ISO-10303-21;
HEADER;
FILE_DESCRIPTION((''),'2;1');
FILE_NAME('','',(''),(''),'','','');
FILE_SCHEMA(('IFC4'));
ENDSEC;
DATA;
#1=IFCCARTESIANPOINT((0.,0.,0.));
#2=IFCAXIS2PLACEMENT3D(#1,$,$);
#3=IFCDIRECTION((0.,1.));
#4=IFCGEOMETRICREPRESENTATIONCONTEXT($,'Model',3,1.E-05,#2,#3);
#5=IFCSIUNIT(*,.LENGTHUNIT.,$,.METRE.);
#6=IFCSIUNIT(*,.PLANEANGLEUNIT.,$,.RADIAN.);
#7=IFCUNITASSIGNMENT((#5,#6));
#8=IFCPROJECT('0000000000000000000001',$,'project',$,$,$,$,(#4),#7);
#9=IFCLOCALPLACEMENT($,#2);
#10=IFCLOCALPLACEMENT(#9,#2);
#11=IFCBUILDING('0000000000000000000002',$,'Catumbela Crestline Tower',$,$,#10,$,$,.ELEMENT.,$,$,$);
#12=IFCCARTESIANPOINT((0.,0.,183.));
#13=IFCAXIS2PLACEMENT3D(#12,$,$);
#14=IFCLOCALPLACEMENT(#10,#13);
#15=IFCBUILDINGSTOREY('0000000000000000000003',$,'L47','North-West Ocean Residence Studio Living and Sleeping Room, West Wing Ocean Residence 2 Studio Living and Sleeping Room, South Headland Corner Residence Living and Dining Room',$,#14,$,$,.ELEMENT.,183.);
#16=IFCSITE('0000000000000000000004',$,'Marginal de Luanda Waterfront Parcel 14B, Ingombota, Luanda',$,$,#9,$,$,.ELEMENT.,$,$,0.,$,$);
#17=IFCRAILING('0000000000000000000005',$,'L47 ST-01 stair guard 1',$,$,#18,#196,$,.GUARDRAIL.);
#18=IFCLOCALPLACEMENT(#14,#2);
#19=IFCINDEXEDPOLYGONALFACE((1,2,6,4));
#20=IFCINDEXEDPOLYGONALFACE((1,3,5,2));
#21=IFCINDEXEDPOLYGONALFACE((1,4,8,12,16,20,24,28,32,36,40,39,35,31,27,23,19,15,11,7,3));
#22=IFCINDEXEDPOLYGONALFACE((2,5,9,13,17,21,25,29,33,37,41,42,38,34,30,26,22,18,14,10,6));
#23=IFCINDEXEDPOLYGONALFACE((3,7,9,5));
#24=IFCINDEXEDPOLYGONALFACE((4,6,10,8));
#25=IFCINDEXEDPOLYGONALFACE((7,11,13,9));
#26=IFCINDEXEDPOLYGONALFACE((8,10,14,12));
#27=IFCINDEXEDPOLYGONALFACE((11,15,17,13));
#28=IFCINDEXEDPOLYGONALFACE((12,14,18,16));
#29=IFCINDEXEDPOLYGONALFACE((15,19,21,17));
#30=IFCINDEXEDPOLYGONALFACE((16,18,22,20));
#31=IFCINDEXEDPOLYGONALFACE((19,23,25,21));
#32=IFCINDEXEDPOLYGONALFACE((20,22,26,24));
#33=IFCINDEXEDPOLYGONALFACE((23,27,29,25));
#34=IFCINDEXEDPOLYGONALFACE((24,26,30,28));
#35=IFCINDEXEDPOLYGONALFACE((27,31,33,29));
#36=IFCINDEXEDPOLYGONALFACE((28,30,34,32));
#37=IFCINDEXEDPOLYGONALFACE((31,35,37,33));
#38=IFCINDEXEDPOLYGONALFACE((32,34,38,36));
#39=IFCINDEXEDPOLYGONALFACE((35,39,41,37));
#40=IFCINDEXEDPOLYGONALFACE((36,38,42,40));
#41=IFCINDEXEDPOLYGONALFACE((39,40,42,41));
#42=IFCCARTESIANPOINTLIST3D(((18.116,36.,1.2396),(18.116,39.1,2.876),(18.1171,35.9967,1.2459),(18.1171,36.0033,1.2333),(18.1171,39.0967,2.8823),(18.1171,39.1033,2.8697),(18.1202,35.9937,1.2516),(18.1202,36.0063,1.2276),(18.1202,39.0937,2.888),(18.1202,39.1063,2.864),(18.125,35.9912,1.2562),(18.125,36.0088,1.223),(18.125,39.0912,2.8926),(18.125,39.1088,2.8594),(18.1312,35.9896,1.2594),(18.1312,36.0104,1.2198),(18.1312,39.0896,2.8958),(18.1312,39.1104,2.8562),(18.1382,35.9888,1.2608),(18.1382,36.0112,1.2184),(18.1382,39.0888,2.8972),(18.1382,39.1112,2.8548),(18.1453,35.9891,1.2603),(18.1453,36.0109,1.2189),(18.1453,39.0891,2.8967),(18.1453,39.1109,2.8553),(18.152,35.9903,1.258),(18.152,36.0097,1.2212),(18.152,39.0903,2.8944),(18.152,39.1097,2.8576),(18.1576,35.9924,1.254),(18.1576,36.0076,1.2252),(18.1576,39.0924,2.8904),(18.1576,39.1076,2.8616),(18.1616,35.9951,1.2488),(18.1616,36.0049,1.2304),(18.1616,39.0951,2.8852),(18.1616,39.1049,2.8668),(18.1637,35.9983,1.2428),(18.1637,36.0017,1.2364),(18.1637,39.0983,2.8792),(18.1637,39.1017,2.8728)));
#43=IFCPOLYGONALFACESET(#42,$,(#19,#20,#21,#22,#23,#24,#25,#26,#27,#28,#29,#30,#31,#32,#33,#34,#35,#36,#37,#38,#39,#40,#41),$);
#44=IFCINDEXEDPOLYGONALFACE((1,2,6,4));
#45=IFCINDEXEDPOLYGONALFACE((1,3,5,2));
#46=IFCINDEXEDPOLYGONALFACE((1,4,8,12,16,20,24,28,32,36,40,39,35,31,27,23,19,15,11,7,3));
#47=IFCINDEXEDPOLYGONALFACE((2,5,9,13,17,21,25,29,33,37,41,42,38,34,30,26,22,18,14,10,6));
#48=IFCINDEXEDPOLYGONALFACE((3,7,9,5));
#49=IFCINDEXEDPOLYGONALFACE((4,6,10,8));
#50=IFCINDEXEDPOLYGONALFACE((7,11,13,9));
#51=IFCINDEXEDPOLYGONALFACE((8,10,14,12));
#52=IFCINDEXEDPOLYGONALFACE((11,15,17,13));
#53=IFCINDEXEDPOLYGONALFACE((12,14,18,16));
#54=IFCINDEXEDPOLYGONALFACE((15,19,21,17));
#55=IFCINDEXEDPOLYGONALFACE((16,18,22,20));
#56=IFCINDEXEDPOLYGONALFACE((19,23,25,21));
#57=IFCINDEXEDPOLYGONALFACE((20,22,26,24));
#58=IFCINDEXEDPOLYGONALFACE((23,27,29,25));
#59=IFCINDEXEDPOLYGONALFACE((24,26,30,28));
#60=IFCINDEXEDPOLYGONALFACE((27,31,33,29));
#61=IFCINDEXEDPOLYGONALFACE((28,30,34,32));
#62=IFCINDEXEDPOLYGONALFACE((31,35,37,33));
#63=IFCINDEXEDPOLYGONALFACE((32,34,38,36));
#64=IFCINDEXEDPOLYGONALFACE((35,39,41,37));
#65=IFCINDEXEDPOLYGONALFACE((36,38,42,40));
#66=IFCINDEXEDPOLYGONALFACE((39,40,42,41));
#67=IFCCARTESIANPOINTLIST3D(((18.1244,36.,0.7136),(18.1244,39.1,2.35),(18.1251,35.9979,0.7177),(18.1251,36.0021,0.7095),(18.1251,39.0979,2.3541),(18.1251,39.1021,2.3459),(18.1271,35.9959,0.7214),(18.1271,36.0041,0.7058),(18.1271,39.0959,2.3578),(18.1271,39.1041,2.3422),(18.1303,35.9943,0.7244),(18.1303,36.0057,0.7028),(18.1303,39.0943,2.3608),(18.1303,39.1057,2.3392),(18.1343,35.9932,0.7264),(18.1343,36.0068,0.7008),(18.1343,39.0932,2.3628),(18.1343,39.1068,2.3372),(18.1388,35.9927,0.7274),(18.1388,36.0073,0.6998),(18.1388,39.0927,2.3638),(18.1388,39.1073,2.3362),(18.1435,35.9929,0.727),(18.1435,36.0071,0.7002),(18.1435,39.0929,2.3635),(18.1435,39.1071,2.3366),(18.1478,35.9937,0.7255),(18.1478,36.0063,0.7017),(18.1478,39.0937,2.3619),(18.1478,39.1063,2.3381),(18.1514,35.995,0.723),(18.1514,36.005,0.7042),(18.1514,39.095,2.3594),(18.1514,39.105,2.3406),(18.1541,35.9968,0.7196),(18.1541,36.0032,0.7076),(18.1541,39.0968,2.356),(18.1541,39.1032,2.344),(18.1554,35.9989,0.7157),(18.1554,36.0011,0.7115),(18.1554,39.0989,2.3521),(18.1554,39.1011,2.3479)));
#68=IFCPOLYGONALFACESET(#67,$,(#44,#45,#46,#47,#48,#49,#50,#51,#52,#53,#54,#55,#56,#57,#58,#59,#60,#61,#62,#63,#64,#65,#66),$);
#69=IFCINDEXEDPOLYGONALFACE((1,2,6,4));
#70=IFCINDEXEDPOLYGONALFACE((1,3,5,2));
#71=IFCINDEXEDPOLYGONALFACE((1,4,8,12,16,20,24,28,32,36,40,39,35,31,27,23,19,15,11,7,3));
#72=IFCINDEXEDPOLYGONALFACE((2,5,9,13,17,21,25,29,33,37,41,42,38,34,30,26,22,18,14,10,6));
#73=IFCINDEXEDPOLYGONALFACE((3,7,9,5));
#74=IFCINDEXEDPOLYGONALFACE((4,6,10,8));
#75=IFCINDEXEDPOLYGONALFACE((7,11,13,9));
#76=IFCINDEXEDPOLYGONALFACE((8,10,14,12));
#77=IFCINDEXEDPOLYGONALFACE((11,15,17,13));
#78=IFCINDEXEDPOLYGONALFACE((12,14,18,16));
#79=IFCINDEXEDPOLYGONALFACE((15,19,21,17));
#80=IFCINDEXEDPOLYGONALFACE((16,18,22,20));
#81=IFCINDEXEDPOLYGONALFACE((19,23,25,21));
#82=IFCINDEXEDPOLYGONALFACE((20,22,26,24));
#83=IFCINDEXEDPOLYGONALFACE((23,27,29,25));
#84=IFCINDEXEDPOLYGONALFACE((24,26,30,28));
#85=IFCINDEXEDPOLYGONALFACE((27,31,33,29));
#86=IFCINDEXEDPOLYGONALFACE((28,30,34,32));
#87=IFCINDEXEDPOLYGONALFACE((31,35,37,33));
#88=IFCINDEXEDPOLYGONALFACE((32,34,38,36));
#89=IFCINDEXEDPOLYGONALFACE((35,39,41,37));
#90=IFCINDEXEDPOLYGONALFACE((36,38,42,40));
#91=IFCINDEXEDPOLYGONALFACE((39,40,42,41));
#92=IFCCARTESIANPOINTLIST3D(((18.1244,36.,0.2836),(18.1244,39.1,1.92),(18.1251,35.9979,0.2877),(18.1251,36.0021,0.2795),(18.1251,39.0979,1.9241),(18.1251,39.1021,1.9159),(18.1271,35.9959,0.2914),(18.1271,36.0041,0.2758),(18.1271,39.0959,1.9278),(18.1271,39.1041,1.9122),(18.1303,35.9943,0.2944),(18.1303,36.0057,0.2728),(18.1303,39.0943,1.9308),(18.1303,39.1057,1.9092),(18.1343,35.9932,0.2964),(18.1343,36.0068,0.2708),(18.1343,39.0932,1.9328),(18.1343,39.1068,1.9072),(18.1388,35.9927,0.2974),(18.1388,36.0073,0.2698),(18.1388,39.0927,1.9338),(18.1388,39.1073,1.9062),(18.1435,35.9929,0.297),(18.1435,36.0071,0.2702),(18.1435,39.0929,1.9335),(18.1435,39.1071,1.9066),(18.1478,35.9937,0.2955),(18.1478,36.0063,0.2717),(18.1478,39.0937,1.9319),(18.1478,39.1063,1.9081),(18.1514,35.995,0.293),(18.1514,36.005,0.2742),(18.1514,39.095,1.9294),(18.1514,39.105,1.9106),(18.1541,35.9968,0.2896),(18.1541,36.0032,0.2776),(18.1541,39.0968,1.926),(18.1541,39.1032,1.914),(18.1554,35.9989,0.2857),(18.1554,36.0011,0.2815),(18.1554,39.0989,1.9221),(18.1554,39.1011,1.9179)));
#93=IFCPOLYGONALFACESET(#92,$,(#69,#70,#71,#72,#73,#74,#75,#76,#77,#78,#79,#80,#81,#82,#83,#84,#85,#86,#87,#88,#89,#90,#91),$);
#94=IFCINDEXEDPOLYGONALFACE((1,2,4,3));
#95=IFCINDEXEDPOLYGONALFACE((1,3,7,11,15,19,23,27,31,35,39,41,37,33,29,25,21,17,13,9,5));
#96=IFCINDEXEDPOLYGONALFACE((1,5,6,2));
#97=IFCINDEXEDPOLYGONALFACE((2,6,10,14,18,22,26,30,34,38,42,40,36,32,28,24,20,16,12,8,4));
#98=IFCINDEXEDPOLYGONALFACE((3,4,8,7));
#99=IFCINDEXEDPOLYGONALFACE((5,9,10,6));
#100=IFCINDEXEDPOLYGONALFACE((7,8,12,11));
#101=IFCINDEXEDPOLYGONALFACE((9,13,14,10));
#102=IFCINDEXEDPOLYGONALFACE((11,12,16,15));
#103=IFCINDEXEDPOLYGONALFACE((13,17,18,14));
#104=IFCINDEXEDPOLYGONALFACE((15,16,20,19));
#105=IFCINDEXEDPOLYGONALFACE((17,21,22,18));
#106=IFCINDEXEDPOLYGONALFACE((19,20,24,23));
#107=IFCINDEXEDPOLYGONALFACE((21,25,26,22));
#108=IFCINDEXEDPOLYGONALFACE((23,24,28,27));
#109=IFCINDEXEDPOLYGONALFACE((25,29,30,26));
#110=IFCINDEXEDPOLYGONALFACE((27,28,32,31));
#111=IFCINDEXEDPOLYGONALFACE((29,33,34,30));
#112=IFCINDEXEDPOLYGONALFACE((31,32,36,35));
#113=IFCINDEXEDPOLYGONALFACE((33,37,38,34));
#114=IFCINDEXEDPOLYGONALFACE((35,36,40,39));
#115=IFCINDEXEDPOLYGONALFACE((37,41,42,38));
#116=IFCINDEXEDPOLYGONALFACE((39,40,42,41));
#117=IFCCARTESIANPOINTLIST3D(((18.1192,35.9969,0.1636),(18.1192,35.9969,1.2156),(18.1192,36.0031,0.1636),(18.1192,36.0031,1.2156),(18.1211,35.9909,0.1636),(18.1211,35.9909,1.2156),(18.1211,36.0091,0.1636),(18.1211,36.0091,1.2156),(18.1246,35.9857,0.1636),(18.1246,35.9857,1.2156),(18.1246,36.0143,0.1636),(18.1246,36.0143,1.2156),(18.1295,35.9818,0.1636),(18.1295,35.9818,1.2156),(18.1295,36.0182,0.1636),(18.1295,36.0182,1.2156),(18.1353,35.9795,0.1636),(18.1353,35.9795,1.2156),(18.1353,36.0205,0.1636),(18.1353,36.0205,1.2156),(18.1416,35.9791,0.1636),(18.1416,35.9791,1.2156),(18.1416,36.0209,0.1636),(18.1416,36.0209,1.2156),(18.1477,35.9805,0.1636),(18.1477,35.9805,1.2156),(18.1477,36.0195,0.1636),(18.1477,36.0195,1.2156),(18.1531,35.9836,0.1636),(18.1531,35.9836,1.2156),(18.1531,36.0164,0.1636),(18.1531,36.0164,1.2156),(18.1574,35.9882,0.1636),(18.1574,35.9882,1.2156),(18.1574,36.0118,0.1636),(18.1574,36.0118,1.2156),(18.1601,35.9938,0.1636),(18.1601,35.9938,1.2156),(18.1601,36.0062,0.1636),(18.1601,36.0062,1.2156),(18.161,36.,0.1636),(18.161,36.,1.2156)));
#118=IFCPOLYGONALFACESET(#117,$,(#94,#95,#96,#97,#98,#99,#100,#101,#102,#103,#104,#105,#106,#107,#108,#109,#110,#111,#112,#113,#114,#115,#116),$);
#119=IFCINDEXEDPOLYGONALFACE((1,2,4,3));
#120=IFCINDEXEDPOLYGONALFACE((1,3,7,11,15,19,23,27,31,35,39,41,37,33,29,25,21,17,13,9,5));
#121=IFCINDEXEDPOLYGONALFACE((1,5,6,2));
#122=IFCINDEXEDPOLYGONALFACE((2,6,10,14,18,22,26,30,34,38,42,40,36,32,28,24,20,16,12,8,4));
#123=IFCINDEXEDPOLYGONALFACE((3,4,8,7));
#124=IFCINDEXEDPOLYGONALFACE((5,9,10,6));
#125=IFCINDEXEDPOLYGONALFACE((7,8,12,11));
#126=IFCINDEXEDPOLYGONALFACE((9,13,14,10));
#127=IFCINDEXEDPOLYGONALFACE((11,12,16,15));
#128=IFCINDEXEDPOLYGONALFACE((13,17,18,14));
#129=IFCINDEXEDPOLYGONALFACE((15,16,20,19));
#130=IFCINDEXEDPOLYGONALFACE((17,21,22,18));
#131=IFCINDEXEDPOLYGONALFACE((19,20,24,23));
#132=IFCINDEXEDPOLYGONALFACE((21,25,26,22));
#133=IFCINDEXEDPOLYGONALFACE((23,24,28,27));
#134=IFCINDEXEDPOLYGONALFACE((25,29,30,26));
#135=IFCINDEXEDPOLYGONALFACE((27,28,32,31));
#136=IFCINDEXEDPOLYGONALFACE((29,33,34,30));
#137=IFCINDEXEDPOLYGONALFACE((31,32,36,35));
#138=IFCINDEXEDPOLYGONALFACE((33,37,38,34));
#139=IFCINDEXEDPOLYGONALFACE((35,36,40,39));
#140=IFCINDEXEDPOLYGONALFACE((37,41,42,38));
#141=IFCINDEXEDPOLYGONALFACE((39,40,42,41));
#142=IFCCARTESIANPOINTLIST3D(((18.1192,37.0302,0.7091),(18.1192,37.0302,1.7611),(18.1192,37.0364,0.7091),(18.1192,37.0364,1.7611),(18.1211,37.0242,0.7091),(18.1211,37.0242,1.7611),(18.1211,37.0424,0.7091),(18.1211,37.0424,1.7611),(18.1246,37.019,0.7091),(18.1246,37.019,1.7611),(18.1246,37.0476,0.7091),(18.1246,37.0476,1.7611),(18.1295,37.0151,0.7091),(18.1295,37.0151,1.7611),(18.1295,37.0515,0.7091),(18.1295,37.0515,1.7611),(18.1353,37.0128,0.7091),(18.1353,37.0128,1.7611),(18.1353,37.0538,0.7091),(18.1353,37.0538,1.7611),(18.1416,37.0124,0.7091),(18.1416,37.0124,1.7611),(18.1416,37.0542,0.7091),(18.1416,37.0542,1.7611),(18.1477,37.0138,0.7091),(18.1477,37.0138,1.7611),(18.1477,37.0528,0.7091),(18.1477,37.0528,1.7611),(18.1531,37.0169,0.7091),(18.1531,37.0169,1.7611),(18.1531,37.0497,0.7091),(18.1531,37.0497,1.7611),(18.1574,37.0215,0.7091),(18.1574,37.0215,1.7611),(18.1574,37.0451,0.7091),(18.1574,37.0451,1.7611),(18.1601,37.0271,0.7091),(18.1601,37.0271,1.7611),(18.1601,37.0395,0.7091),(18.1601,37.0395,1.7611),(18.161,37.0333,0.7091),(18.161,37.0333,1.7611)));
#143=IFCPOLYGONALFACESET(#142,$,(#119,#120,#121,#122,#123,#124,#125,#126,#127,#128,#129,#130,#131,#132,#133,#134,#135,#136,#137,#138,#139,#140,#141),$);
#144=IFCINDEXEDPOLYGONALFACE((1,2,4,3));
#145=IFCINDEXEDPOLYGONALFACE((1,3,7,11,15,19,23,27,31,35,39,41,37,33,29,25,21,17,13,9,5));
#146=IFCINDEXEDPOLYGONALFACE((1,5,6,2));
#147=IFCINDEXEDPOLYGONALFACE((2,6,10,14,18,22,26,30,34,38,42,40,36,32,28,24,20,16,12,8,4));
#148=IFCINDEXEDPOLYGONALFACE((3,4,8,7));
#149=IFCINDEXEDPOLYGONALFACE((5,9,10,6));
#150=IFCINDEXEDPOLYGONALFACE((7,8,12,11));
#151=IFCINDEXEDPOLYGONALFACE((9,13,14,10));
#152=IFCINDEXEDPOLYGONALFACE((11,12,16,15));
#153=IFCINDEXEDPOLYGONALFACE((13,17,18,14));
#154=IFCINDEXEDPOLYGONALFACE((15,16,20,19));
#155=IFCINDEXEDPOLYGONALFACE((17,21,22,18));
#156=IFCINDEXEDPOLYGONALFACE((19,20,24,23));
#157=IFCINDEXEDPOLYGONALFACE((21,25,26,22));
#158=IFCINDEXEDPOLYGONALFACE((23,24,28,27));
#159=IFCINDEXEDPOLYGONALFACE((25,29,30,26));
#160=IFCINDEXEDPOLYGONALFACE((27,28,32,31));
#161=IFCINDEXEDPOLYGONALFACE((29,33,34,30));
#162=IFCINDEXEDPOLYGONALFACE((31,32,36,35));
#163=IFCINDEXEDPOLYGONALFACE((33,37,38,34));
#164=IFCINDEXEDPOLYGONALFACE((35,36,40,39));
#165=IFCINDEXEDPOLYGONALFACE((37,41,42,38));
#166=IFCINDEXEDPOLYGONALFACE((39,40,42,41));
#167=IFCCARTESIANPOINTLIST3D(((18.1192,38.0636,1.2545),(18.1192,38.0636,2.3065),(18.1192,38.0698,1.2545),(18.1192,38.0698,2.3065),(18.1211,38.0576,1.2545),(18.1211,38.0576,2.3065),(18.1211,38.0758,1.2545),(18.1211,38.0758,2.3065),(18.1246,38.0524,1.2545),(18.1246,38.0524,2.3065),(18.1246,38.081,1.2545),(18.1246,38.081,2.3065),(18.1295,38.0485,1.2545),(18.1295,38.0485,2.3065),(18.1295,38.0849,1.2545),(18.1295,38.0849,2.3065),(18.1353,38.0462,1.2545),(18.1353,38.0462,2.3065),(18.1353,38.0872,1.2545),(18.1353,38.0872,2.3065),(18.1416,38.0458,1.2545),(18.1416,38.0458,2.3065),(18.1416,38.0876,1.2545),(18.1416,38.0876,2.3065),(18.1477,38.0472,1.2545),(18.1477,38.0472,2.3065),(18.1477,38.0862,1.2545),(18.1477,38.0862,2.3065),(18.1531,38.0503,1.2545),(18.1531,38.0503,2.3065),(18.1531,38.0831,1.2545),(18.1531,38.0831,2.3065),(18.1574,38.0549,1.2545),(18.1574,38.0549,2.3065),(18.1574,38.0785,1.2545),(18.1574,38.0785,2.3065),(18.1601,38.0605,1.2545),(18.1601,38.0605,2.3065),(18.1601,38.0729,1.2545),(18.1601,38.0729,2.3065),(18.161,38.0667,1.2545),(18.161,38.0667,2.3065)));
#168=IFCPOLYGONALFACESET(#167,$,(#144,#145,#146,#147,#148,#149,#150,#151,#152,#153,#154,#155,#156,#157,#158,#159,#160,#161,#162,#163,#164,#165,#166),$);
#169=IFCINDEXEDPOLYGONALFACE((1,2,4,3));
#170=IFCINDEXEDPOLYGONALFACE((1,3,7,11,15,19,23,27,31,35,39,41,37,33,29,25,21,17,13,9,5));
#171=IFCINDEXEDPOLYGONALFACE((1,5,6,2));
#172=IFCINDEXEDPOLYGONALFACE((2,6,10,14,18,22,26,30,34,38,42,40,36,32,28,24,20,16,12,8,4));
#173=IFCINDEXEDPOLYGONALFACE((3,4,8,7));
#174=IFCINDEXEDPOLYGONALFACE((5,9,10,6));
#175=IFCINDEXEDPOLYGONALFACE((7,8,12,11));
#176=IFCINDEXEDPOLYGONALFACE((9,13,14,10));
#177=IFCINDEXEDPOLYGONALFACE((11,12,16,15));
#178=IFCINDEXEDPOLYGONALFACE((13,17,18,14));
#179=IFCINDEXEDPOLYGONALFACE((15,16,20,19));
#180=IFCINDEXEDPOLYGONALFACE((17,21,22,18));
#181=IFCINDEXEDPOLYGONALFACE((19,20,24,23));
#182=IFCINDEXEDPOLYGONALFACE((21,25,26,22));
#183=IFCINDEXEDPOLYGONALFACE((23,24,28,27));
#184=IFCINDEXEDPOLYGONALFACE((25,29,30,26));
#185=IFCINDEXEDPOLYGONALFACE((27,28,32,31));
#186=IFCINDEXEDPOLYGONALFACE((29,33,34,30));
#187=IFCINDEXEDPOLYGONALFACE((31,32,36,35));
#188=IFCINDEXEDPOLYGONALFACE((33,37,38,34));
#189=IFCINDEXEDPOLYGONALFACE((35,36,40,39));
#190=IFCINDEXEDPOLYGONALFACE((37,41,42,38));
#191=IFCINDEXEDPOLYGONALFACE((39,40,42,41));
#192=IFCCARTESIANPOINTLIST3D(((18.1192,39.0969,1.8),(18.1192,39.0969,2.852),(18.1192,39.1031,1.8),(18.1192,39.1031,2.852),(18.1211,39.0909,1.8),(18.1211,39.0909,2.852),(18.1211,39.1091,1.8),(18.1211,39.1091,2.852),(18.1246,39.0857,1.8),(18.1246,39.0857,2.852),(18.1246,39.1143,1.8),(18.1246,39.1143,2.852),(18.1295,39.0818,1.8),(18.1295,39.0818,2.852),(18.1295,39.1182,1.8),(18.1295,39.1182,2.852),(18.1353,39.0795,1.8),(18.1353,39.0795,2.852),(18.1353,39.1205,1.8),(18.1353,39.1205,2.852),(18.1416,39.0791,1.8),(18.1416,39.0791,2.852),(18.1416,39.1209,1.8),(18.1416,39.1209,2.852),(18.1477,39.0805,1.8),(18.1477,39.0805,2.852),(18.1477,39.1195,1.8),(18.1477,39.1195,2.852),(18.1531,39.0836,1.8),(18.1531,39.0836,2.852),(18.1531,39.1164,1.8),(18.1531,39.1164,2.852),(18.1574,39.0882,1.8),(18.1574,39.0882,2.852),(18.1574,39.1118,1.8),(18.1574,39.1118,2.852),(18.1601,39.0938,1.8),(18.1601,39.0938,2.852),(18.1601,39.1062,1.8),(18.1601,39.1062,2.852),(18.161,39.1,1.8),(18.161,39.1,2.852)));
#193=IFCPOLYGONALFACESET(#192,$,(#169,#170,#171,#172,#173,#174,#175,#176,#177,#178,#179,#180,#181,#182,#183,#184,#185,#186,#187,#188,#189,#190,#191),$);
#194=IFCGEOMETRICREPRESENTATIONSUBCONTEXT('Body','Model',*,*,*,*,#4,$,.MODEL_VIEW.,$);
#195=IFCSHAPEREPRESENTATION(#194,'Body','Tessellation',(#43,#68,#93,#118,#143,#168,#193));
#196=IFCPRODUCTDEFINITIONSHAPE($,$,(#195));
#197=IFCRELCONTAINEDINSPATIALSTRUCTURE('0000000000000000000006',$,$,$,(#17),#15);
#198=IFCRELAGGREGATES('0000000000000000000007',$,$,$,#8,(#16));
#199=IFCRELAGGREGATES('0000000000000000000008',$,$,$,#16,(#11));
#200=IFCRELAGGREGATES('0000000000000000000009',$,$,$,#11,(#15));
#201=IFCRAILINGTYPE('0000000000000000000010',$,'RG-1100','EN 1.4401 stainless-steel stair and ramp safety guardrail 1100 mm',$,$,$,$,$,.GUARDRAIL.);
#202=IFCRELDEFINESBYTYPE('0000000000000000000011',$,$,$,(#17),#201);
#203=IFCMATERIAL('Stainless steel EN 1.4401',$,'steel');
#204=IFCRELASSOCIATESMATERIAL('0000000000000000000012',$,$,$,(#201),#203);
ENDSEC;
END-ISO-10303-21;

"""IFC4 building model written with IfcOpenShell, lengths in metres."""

from ifc_helpers import new_model, si_unit, direction, frame, origin, origin_2d, place, context, subcontext, project, spatial, circle, extrude, material, type_object, element, save


model = new_model("IFC4")

# Units and contexts
model_context = context("Model", 3, precision=1e-05, world=origin(), true_north=direction((0.0, 1.0)))
body_context = subcontext(model_context, "Body", "Model", "MODEL_VIEW")
ifc_project = project(units=[si_unit("LENGTHUNIT", "METRE"), si_unit("PLANEANGLEUNIT", "RADIAN")], contexts=[model_context])

# Site, building, storey
site_placement = place(None, origin())
site = spatial("IfcSite", under=ifc_project, at=site_placement, Name="Marginal de Luanda Waterfront Parcel 14B, Ingombota, Luanda", CompositionType="ELEMENT", RefElevation=0.0)
building_placement = place(site_placement, origin())
building = spatial("IfcBuilding", under=site, at=building_placement, Name="Catumbela Crestline Tower", CompositionType="ELEMENT")
storey_placement = place(building_placement, frame((0.0, 0.0, 183.0)))
storey = spatial("IfcBuildingStorey", under=building, at=storey_placement, Name="L47", Description="North-West Ocean Residence Studio Living and Sleeping Room, West Wing Ocean Residence 2 Studio Living and Sleeping Room, South Headland Corner Residence Living and Dining Room", CompositionType="ELEMENT", Elevation=183.0)

# Shared definitions
ifc_material_1 = material(Name="Stainless steel EN 1.4401", Category="steel")

# Railing
railing_type_1 = type_object("IfcRailingType", Name="RG-1100", Description="EN 1.4401 stainless-steel stair and ramp safety guardrail 1100 mm", PredefinedType="GUARDRAIL", material=ifc_material_1)
railing_1_placement = place(storey_placement, frame((18.14, 36.0, 0.1636)))
element("IfcRailing", 1, at=railing_1_placement, inside=storey, type_object=railing_type_1, Name="L47 ST-01 stair guard 1", PredefinedType="GUARDRAIL", context=body_context, shape_type="SweptSolid", body=[
    extrude(circle(Radius=0.024, at=origin_2d()), frame((0.0, 0.0, 1.076), z_axis=(0.0, 0.884351, 0.466823), x_axis=(-1.0, 0.0, 0.0)), (0.0, 0.0, 1.0), 3.5054),
    extrude(circle(Radius=0.0156, at=origin_2d()), frame((0.0, 0.0, 0.55), z_axis=(0.0, 0.884351, 0.466823), x_axis=(-1.0, 0.0, 0.0)), (0.0, 0.0, 1.0), 3.5054),
    extrude(circle(Radius=0.0156, at=origin_2d()), frame((0.0, 0.0, 0.12), z_axis=(0.0, 0.884351, 0.466823), x_axis=(-1.0, 0.0, 0.0)), (0.0, 0.0, 1.0), 3.5054),
    extrude(circle(Radius=0.021, at=origin_2d()), origin(), (0.0, 0.0, 1.0), 1.052),
    extrude(circle(Radius=0.021, at=origin_2d()), frame((0.0, 1.0333, 0.5455)), (0.0, 0.0, 1.0), 1.052),
    extrude(circle(Radius=0.021, at=origin_2d()), frame((0.0, 2.0667, 1.0909)), (0.0, 0.0, 1.0), 1.052),
    extrude(circle(Radius=0.021, at=origin_2d()), frame((0.0, 3.1, 1.6364)), (0.0, 0.0, 1.0), 1.052),
])

save(model, "model.ifc")
